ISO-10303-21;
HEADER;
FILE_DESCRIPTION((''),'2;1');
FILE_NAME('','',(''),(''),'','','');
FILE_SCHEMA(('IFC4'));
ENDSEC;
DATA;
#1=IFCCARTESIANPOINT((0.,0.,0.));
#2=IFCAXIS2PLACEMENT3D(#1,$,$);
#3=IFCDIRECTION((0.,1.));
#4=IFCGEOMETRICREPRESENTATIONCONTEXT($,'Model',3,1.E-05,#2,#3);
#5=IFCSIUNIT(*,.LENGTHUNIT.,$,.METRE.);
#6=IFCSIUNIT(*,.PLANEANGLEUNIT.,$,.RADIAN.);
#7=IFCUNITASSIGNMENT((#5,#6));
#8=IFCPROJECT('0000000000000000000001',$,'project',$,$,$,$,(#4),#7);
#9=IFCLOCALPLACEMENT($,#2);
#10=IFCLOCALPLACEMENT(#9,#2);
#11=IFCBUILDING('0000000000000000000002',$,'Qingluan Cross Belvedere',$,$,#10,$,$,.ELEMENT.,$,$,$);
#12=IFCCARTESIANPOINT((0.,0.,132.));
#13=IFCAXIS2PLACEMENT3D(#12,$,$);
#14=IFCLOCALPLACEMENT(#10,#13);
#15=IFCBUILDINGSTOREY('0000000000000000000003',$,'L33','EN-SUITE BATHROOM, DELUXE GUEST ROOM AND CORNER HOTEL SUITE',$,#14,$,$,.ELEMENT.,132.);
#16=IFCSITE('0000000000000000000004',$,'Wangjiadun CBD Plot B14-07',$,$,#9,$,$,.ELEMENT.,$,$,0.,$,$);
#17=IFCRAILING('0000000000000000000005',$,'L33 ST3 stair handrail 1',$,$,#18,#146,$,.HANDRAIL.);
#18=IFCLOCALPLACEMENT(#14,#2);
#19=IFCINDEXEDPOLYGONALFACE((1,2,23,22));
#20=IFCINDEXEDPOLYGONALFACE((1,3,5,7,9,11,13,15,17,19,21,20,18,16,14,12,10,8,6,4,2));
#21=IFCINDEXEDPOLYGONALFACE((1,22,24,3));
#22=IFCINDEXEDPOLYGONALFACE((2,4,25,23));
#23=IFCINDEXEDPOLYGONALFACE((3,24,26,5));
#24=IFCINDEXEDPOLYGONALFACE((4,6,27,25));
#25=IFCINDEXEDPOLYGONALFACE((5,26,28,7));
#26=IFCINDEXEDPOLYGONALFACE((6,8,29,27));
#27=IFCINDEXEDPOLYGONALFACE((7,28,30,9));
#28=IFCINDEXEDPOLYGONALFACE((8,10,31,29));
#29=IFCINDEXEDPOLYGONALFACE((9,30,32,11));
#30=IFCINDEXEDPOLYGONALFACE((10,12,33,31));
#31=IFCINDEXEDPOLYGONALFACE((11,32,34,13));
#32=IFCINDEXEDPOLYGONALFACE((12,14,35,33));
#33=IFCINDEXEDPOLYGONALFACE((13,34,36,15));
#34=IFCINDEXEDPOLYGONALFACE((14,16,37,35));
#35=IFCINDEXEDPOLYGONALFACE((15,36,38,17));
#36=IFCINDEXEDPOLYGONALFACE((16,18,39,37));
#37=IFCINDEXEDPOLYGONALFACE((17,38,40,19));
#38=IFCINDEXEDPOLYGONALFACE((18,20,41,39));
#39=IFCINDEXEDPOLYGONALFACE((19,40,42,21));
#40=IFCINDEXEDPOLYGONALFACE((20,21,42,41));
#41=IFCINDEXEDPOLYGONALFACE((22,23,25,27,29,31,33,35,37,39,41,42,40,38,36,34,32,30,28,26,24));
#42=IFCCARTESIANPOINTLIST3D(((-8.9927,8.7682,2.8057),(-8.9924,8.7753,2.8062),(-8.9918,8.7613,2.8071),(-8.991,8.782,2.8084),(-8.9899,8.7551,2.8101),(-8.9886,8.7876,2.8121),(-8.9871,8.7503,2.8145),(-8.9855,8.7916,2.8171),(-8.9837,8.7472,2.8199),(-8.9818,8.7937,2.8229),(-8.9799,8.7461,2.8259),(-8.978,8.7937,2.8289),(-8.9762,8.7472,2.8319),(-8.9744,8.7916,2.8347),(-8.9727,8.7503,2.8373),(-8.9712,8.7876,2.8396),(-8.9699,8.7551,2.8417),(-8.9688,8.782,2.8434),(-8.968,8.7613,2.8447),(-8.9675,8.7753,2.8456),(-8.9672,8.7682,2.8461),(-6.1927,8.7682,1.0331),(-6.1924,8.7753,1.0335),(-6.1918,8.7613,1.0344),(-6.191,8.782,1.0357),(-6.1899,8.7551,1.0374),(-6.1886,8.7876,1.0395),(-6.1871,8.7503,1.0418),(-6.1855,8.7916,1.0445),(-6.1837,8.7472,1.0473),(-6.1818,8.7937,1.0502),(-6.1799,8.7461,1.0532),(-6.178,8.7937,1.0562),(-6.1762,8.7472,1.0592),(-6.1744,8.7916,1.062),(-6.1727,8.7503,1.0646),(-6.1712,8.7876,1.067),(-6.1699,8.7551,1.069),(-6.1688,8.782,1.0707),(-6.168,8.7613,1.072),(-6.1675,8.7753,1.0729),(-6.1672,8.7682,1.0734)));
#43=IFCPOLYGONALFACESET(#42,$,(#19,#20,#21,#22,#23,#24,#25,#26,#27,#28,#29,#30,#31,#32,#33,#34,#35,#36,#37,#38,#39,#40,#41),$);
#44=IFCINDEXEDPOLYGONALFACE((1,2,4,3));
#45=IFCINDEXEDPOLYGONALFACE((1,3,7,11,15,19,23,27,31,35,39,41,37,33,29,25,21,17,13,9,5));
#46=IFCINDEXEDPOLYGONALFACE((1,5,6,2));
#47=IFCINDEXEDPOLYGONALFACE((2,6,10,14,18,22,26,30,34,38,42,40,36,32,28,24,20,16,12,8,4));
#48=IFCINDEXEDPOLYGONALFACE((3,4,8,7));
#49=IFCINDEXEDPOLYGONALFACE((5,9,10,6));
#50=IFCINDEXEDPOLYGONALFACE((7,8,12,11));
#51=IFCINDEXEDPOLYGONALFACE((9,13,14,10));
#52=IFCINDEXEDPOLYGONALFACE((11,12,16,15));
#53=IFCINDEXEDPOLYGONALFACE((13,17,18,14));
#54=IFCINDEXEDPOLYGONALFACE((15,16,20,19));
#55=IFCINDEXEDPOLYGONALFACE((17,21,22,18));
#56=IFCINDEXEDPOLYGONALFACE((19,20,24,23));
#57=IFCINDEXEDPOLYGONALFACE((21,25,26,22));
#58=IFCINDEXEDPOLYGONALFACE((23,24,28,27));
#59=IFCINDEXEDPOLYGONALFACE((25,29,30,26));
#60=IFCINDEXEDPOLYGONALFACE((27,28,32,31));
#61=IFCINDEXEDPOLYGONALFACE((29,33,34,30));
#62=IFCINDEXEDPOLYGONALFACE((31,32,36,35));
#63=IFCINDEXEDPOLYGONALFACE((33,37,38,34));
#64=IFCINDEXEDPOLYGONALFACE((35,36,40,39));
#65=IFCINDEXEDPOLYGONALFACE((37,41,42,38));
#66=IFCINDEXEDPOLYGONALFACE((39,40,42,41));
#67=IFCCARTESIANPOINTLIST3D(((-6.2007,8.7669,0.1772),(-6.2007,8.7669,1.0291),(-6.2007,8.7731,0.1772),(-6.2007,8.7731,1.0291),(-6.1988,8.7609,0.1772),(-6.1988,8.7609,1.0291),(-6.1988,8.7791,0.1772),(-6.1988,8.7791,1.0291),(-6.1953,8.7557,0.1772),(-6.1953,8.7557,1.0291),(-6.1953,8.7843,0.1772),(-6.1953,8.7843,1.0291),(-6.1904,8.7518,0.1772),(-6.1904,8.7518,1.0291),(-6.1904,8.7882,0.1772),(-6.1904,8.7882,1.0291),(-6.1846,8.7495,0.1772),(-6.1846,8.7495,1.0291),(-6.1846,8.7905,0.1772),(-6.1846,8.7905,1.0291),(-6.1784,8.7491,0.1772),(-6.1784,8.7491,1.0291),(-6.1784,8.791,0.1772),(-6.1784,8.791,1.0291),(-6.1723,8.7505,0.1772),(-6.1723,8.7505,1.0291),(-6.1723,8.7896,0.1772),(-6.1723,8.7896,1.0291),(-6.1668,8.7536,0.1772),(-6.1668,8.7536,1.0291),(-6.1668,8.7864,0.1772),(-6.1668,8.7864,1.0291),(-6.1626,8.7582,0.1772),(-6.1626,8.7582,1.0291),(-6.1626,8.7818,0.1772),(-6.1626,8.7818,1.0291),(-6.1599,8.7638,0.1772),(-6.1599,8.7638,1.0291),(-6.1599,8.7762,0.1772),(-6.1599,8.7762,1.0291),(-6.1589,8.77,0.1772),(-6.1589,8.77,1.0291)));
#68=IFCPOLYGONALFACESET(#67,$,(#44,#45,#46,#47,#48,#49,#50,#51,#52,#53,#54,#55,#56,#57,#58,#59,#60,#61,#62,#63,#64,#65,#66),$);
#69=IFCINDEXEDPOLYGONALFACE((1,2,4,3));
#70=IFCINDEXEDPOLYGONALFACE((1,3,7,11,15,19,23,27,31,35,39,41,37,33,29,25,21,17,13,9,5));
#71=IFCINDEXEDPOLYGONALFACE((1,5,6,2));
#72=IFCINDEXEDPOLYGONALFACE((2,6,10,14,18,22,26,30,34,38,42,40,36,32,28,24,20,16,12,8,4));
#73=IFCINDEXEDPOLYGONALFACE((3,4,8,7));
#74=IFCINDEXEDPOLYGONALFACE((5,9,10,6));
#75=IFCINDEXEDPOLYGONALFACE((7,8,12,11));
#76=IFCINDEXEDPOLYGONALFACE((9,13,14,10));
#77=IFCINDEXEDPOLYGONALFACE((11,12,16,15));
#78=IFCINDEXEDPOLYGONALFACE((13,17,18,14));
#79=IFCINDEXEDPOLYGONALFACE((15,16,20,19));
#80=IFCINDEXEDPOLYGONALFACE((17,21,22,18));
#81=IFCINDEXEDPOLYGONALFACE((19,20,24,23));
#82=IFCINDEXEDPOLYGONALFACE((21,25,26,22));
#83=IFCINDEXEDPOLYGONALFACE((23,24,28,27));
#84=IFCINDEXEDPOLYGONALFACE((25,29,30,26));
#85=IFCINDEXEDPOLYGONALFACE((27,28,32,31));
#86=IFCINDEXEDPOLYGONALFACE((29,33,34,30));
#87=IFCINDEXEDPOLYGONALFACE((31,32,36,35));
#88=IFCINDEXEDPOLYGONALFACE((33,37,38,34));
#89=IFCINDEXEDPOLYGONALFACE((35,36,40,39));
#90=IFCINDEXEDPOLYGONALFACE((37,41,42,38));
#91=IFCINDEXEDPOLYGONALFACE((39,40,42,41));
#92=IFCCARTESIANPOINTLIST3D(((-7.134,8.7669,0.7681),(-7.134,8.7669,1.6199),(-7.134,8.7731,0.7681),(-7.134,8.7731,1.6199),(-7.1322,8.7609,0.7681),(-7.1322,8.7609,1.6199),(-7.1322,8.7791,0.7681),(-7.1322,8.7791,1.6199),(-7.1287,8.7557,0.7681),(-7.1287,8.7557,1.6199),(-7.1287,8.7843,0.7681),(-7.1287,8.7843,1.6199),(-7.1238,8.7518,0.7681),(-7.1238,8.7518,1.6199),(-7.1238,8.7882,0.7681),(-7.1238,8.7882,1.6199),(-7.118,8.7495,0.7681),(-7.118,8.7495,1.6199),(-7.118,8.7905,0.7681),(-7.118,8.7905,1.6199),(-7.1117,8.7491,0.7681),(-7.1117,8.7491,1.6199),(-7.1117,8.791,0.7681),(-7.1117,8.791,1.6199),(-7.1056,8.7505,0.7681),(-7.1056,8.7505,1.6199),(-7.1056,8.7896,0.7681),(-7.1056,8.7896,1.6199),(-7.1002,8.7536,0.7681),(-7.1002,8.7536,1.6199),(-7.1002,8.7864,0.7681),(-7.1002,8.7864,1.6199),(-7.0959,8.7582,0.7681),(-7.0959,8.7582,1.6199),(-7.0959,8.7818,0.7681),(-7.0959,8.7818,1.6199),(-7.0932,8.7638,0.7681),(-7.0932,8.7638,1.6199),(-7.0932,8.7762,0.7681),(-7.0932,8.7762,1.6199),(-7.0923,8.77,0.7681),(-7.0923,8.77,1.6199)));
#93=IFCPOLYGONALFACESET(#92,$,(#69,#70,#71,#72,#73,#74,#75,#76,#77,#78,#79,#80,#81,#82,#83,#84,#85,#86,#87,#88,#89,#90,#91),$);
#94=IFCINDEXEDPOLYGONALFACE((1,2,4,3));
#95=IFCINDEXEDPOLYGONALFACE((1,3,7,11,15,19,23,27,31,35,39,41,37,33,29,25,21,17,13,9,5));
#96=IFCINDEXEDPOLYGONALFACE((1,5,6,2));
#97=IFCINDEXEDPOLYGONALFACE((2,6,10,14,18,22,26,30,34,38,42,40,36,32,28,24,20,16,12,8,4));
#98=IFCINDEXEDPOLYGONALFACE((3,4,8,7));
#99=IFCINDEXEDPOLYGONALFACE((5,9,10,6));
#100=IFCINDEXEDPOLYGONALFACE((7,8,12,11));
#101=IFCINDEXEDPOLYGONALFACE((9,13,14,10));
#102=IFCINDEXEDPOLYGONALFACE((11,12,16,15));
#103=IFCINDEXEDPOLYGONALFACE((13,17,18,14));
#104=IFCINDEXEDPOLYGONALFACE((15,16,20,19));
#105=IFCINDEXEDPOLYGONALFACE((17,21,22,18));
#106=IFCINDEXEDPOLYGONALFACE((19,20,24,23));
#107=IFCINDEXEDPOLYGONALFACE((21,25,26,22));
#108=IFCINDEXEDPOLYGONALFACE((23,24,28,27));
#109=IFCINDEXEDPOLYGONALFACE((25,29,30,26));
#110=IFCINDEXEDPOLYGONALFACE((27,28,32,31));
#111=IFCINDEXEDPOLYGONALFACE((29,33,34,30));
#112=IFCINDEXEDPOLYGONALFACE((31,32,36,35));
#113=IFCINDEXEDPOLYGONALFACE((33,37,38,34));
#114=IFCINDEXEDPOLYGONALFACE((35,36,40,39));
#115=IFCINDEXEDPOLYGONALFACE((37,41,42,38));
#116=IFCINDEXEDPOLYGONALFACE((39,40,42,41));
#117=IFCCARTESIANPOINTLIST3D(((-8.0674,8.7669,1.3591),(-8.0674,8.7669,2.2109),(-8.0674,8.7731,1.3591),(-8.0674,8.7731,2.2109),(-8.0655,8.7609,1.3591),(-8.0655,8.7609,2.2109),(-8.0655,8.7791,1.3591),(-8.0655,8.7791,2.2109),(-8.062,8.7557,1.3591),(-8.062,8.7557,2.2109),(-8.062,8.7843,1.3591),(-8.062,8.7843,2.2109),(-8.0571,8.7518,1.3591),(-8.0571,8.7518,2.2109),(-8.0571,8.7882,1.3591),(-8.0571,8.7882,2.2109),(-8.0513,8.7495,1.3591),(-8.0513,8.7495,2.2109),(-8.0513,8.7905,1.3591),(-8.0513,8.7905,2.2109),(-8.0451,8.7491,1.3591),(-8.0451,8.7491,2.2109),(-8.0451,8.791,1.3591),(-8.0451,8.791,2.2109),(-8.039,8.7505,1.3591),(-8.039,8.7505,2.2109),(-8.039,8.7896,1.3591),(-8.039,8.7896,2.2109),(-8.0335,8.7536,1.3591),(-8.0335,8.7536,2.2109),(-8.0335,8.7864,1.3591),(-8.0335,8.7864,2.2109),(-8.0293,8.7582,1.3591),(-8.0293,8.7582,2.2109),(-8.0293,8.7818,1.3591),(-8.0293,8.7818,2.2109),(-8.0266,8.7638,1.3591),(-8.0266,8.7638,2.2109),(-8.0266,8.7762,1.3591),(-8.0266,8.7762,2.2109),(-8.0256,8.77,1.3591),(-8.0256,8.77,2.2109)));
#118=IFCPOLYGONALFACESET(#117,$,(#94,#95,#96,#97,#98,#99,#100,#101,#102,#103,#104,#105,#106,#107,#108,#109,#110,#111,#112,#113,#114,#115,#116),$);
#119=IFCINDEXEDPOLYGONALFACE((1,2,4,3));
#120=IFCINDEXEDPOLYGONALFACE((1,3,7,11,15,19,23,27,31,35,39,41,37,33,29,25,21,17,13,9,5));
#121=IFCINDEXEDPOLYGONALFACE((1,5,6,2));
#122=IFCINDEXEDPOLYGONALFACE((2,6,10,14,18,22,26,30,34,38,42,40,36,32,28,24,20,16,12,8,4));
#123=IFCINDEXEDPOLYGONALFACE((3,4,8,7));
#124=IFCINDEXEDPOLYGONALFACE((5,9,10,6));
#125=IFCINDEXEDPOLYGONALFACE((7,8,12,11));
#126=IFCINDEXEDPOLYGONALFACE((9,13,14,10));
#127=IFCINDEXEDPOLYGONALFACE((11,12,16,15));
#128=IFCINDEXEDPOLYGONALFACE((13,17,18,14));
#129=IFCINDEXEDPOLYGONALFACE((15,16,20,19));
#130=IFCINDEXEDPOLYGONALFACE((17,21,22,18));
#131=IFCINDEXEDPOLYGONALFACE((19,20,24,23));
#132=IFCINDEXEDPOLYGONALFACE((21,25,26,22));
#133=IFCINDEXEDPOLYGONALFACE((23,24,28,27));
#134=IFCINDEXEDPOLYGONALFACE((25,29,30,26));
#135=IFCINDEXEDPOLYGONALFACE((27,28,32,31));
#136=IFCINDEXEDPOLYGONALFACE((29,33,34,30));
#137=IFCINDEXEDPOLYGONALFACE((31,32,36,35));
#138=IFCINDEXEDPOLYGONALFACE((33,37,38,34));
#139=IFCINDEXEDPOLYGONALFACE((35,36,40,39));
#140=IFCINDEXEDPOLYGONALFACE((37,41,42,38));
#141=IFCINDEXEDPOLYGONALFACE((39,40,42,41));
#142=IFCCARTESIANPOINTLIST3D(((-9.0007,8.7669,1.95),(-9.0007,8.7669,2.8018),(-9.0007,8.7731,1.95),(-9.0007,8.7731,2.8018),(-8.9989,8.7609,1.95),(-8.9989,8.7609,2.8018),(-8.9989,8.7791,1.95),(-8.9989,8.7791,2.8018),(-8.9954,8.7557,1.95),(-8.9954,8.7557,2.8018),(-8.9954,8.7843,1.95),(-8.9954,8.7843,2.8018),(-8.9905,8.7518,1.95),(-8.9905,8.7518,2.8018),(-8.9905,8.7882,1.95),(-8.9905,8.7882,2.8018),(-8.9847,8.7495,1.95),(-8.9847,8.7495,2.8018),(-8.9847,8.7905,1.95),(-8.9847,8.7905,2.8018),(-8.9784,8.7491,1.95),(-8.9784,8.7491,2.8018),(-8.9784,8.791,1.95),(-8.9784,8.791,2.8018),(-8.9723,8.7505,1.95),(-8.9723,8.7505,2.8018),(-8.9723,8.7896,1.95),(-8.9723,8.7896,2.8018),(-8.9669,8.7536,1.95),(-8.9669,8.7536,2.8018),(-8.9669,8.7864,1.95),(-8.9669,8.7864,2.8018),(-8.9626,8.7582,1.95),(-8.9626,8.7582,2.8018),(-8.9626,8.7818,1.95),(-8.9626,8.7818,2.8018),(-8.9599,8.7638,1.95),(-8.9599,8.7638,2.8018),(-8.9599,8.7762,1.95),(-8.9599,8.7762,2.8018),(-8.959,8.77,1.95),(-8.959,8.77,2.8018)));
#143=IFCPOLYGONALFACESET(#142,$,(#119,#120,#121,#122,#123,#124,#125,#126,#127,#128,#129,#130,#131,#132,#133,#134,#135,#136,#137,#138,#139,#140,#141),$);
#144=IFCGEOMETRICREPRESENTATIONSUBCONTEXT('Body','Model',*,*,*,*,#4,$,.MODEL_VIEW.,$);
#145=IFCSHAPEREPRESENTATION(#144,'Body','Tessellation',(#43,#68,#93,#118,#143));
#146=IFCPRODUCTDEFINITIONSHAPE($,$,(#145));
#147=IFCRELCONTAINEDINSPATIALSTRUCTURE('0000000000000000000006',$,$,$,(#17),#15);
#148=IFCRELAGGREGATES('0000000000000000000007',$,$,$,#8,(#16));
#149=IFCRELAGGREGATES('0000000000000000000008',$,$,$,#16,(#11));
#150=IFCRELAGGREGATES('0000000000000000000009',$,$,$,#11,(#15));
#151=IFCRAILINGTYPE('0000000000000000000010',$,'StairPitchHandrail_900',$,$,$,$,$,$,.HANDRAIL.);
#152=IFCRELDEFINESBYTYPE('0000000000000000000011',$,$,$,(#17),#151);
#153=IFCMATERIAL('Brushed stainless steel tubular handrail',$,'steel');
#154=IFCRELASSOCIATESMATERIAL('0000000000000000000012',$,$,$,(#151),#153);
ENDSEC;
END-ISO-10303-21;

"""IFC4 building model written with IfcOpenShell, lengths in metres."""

from ifc_helpers import new_model, si_unit, direction, frame, origin, origin_2d, place, context, subcontext, project, spatial, circle, extrude, material, type_object, element, save


model = new_model("IFC4")

# Units and contexts
model_context = context("Model", 3, precision=1e-05, world=origin(), true_north=direction((0.0, 1.0)))
body_context = subcontext(model_context, "Body", "Model", "MODEL_VIEW")
ifc_project = project(units=[si_unit("LENGTHUNIT", "METRE"), si_unit("PLANEANGLEUNIT", "RADIAN")], contexts=[model_context])

# Site, building, storey
site_placement = place(None, origin())
site = spatial("IfcSite", under=ifc_project, at=site_placement, Name="Wangjiadun CBD Plot B14-07", CompositionType="ELEMENT", RefElevation=0.0)
building_placement = place(site_placement, origin())
building = spatial("IfcBuilding", under=site, at=building_placement, Name="Qingluan Cross Belvedere", CompositionType="ELEMENT")
storey_placement = place(building_placement, frame((0.0, 0.0, 132.0)))
storey = spatial("IfcBuildingStorey", under=building, at=storey_placement, Name="L33", Description="EN-SUITE BATHROOM, DELUXE GUEST ROOM AND CORNER HOTEL SUITE", CompositionType="ELEMENT", Elevation=132.0)

# Railing
ifc_material_1 = material(Name="Brushed stainless steel tubular handrail", Category="steel")
railing_type_1 = type_object("IfcRailingType", Name="StairPitchHandrail_900", PredefinedType="HANDRAIL", material=ifc_material_1)
railing_1_placement = place(storey_placement, frame((-6.1799, 8.77, 0.1772)))
element("IfcRailing", 1, at=railing_1_placement, inside=storey, type_object=railing_type_1, Name="L33 ST3 stair handrail 1", PredefinedType="HANDRAIL", context=body_context, shape_type="SweptSolid", body=[
    extrude(circle(Radius=0.0239, at=origin_2d()), frame((0.0, 0.0, 0.876), z_axis=(-0.844909, 0.0, 0.53491), x_axis=(0.0, -1.0, 0.0)), (0.0, 0.0, 1.0), 3.314),
    extrude(circle(Radius=0.021, at=origin_2d()), origin(), (0.0, 0.0, 1.0), 0.8518),
    extrude(circle(Radius=0.021, at=origin_2d()), frame((-0.9333, 0.0, 0.5908)), (0.0, 0.0, 1.0), 0.8518),
    extrude(circle(Radius=0.021, at=origin_2d()), frame((-1.8667, 0.0, 1.1819)), (0.0, 0.0, 1.0), 0.8518),
    extrude(circle(Radius=0.021, at=origin_2d()), frame((-2.8, 0.0, 1.7727)), (0.0, 0.0, 1.0), 0.8518),
])

save(model, "model.ifc")
